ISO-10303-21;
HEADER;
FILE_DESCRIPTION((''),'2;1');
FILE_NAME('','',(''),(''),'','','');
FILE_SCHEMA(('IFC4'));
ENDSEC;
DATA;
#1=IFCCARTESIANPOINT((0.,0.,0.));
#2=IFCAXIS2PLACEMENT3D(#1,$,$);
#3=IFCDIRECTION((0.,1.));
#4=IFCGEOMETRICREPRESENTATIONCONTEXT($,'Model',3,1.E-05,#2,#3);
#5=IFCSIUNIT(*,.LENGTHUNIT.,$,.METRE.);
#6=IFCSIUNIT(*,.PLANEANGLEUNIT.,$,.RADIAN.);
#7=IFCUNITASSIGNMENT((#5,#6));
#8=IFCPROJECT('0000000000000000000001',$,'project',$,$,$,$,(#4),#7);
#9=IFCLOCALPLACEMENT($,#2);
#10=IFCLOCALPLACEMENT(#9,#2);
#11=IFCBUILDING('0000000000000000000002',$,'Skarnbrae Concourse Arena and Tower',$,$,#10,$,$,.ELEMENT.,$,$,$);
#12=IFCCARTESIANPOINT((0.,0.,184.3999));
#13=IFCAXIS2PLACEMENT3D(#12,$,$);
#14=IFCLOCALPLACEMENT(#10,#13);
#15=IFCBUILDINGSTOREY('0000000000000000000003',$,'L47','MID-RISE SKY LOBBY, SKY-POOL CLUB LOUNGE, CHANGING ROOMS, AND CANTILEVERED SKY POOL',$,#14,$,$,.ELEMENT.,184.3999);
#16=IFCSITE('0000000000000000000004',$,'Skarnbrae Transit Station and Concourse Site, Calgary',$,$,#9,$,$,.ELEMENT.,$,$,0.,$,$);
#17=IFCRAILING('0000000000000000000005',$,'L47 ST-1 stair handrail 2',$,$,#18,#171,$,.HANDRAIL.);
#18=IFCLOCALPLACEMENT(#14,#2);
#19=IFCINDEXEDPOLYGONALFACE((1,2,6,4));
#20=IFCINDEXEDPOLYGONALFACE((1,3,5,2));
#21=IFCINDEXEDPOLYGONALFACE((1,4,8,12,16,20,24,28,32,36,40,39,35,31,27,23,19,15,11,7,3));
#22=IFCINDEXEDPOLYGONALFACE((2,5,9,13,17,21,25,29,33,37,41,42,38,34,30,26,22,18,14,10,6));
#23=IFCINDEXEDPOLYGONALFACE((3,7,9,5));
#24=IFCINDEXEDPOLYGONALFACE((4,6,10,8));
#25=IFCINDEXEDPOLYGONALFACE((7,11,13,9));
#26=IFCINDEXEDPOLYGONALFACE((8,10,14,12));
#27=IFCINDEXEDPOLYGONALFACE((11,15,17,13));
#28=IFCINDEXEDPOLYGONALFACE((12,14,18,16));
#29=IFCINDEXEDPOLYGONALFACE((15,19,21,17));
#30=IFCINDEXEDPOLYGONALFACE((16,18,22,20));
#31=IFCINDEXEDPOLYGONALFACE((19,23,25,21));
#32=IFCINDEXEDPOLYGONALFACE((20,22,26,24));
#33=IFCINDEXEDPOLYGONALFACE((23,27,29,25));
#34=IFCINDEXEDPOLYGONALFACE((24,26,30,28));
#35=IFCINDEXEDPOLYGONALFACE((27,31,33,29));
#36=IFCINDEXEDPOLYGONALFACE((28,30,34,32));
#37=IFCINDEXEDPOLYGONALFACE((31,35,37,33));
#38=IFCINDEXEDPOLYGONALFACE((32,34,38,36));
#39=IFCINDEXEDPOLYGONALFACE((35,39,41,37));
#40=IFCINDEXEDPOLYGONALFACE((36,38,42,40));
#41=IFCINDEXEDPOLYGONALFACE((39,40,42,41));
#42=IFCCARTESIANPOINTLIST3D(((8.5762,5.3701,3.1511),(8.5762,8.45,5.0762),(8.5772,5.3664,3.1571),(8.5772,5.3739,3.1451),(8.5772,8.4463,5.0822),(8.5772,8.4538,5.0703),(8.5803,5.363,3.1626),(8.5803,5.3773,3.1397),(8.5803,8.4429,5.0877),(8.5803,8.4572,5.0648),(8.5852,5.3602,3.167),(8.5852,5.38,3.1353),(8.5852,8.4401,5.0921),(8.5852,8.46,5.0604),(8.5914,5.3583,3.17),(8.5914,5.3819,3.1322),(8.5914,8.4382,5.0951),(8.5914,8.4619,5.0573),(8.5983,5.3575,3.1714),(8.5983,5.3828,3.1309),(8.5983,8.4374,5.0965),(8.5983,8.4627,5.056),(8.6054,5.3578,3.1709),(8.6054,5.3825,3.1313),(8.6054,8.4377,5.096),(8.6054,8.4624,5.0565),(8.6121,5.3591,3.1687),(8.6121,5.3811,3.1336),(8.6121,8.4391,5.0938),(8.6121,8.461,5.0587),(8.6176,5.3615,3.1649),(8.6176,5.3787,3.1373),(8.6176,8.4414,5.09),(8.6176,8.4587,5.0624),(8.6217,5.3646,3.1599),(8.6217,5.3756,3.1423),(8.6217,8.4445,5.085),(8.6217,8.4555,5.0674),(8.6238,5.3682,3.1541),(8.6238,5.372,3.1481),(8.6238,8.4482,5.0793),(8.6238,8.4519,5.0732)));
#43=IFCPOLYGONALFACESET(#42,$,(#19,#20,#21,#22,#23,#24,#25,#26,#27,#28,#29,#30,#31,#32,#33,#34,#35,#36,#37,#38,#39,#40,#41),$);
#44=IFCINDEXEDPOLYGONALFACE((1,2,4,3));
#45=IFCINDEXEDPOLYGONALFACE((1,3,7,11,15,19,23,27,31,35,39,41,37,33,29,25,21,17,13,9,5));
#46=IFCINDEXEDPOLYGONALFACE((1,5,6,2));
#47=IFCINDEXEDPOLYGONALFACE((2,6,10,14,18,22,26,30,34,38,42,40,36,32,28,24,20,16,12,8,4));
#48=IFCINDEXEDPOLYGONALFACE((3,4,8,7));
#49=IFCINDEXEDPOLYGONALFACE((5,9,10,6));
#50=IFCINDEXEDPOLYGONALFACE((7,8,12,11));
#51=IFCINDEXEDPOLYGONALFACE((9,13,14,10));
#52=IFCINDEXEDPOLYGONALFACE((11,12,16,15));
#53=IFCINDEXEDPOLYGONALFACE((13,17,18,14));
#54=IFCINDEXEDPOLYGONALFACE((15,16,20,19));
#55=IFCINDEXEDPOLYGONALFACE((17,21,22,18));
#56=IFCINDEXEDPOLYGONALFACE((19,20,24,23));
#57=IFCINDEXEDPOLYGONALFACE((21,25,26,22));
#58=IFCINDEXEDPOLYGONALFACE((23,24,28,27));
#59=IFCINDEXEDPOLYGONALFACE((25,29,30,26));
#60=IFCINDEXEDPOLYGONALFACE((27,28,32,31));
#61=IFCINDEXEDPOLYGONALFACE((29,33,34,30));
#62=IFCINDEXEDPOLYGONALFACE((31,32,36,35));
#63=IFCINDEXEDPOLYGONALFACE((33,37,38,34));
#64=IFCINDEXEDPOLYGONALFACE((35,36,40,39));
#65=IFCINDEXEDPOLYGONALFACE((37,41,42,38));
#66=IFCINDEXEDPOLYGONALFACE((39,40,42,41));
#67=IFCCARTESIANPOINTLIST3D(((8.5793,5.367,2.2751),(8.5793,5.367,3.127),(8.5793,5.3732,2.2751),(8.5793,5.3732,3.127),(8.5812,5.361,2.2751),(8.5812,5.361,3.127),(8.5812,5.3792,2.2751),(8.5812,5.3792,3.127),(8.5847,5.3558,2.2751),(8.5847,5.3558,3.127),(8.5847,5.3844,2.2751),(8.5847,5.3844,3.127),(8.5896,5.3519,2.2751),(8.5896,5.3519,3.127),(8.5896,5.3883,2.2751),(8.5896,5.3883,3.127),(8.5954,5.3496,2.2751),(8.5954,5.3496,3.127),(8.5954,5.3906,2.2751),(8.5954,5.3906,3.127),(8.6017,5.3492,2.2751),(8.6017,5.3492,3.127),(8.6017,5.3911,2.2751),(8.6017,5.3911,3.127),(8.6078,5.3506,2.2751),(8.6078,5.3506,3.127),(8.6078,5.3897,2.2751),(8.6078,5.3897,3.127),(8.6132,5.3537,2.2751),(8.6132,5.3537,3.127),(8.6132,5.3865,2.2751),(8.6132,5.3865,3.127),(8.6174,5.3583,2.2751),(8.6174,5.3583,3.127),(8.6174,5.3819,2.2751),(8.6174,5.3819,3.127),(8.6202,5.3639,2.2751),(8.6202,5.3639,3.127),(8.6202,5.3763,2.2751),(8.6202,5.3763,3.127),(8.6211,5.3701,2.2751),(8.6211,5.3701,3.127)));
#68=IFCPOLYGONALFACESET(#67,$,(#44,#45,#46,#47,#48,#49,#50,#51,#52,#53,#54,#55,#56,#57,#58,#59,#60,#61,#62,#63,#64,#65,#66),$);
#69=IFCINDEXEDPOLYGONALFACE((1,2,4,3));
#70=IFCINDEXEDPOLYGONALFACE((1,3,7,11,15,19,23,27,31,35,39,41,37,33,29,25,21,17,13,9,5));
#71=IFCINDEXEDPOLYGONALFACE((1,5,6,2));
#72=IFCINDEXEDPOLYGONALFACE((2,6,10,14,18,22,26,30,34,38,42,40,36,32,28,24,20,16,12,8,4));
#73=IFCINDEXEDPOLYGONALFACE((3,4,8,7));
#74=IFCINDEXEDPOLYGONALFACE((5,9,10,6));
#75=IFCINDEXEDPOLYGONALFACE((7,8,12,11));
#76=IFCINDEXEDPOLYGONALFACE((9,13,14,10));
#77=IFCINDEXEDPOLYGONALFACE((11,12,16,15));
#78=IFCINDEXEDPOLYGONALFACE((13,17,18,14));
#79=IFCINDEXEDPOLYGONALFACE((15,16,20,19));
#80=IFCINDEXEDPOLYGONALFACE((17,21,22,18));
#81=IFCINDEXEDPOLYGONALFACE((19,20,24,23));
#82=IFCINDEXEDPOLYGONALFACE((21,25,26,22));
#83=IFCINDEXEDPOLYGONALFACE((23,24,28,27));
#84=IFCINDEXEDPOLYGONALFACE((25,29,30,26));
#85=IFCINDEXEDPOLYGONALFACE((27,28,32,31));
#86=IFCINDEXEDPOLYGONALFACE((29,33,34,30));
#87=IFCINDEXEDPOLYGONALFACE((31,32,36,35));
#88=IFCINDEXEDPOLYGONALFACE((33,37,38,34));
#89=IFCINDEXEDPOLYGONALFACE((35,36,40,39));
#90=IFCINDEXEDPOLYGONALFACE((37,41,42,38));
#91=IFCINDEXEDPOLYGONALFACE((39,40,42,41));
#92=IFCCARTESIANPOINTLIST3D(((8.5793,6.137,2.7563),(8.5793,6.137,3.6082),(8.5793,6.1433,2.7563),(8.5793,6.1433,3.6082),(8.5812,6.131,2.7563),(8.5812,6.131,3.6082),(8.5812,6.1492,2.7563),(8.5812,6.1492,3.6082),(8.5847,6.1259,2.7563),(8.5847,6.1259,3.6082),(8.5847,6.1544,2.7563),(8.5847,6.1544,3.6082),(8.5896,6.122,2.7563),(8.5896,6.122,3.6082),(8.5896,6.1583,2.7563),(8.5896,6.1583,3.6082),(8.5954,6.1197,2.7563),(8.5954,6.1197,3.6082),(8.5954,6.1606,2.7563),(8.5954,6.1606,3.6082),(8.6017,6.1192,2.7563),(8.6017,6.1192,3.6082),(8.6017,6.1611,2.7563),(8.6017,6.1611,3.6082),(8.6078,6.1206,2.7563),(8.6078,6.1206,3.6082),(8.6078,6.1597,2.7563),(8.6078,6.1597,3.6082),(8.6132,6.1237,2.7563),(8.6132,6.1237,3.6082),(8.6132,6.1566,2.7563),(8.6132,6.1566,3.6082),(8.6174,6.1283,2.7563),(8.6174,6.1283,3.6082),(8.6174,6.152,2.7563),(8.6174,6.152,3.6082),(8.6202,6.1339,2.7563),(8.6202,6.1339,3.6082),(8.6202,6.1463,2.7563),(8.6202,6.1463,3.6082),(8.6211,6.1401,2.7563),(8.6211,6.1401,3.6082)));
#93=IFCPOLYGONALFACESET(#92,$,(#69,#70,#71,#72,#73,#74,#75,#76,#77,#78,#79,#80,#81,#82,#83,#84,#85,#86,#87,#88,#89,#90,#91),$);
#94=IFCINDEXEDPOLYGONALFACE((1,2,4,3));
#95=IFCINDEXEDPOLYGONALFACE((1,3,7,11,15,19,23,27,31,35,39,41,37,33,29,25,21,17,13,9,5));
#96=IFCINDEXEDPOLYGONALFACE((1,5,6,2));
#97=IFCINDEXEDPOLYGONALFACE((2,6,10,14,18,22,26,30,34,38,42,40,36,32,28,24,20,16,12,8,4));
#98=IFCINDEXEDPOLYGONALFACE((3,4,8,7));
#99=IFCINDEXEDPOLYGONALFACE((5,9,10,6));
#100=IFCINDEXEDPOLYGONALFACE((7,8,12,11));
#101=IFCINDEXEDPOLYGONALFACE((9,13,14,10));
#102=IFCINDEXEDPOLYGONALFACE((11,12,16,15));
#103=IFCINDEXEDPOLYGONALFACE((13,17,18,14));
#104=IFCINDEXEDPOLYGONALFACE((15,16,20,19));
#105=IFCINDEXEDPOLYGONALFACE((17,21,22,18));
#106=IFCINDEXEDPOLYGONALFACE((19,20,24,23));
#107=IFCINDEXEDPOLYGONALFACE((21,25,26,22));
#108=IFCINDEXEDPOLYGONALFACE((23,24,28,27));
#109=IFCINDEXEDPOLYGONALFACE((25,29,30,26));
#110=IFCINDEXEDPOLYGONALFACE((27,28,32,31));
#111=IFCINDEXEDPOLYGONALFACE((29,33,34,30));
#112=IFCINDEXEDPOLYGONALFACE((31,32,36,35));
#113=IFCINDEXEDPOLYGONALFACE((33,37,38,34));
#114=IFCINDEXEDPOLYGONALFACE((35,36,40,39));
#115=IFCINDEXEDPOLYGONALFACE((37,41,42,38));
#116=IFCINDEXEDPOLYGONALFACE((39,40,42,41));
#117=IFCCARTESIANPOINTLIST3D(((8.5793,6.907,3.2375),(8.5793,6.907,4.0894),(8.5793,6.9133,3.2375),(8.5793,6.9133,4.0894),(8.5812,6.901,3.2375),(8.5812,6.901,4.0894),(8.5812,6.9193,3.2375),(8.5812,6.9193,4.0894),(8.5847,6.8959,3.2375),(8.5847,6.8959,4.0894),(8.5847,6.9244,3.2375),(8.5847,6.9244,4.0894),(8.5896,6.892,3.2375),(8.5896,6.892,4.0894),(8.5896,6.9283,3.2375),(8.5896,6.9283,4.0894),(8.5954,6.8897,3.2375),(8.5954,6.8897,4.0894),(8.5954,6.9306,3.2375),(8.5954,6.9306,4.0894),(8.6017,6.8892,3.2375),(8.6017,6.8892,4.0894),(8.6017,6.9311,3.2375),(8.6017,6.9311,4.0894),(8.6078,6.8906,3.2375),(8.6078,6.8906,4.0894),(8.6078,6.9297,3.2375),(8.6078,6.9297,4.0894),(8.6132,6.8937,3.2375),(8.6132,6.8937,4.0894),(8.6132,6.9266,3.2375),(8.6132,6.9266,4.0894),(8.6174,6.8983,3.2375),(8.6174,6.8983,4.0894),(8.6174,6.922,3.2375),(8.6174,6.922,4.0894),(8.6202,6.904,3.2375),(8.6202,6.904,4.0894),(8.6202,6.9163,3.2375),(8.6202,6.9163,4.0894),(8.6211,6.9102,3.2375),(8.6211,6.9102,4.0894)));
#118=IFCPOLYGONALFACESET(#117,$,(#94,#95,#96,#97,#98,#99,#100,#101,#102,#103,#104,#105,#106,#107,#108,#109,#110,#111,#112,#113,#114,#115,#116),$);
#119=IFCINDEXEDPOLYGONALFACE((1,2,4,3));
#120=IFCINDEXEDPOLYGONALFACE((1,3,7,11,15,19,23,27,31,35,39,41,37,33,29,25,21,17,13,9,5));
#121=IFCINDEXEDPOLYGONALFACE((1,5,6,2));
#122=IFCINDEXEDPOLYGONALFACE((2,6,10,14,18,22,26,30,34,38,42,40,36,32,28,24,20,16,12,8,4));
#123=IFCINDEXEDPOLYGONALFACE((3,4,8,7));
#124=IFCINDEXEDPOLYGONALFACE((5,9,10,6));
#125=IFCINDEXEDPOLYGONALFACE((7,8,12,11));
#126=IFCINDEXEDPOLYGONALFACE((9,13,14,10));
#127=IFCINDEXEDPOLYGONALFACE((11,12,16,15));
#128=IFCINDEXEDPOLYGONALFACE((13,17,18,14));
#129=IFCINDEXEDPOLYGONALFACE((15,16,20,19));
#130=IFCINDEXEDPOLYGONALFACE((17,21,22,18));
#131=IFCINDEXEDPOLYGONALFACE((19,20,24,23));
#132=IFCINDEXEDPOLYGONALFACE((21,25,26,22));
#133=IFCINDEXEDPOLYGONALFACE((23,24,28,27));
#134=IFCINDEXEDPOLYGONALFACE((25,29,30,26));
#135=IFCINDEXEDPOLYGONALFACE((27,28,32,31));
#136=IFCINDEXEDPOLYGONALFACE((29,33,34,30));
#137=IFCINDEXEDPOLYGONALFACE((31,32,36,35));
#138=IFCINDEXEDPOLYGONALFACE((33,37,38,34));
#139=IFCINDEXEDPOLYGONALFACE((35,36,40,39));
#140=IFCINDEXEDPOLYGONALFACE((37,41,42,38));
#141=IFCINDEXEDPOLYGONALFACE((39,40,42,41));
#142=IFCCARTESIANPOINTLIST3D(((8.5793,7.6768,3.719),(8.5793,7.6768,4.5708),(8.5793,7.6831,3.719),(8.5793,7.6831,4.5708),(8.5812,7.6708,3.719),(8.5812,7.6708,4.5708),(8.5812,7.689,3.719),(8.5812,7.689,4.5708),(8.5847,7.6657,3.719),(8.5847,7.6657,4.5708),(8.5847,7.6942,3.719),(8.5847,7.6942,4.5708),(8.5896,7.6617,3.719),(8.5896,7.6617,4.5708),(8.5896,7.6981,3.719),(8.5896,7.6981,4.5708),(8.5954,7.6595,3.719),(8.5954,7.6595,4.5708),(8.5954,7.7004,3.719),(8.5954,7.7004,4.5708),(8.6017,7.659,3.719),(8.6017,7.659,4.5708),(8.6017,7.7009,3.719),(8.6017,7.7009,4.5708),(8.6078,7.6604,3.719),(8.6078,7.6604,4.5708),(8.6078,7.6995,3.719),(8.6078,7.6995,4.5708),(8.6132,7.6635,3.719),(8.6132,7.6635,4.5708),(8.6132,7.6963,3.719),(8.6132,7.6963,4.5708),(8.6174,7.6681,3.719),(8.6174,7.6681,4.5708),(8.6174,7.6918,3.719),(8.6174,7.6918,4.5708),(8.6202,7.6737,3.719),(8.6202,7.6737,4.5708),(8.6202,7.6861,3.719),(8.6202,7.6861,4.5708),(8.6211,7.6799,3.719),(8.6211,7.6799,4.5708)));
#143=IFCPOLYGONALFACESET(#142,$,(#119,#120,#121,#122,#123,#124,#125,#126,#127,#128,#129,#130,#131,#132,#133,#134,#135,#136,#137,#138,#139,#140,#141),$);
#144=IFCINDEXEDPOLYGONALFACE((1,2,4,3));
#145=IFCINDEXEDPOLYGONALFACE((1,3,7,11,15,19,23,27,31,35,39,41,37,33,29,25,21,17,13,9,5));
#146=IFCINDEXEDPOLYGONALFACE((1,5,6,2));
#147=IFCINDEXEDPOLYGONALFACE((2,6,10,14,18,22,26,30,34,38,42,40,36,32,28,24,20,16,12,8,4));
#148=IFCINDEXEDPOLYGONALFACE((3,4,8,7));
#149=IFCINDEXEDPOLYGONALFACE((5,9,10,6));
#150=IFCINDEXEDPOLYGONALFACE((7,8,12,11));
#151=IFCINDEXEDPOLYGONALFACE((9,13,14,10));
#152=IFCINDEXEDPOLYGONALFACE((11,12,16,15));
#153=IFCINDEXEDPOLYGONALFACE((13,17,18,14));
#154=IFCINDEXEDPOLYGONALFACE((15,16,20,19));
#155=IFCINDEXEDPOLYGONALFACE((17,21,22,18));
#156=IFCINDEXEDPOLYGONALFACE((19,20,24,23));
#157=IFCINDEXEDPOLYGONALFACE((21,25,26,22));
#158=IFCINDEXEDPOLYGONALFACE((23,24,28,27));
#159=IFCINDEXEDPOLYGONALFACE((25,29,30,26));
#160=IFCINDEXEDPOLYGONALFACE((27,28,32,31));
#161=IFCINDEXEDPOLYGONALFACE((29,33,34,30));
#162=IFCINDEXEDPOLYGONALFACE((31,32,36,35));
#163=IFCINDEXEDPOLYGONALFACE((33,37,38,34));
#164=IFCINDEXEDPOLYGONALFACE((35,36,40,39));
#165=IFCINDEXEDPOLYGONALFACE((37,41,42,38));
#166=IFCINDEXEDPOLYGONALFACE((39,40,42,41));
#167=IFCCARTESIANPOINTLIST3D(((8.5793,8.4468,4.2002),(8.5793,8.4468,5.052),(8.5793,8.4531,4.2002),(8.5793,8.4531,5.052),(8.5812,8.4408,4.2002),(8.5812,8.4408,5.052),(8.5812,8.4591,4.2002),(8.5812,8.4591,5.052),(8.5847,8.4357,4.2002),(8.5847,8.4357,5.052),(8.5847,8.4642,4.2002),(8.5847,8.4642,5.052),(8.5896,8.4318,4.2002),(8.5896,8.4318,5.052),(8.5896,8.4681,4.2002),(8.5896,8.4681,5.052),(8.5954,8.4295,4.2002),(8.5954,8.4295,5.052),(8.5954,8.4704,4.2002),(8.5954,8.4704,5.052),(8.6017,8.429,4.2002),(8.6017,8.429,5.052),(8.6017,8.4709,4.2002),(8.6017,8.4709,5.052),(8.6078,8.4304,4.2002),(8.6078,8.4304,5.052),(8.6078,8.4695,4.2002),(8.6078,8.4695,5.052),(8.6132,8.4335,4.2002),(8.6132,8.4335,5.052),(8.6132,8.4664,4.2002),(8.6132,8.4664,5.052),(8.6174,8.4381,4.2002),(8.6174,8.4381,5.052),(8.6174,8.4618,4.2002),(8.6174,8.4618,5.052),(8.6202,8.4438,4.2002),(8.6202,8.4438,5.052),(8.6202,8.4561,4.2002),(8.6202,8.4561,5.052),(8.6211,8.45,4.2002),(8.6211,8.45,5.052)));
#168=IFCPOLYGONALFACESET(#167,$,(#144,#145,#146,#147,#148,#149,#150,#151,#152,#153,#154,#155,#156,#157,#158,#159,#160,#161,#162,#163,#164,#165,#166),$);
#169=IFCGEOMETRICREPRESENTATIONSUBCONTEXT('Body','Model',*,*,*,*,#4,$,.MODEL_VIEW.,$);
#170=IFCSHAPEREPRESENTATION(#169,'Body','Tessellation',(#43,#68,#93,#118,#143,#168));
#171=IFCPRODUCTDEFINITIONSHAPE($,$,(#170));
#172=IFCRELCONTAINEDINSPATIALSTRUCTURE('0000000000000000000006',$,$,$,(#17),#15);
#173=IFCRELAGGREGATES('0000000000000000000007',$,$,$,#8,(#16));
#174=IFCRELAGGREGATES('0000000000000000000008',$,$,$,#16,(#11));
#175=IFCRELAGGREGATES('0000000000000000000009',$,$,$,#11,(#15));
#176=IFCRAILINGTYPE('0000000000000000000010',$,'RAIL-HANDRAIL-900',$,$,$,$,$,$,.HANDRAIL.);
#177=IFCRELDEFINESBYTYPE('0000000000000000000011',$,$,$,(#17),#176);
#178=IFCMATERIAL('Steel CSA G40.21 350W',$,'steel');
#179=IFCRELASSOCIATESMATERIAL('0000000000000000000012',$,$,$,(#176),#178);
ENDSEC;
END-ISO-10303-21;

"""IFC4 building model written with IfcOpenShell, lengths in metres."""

from ifc_helpers import new_model, si_unit, direction, frame, origin, origin_2d, place, context, subcontext, project, spatial, circle, extrude, material, type_object, element, save


model = new_model("IFC4")

# Units and contexts
model_context = context("Model", 3, precision=1e-05, world=origin(), true_north=direction((0.0, 1.0)))
body_context = subcontext(model_context, "Body", "Model", "MODEL_VIEW")
ifc_project = project(units=[si_unit("LENGTHUNIT", "METRE"), si_unit("PLANEANGLEUNIT", "RADIAN")], contexts=[model_context])

# Site, building, storey
site_placement = place(None, origin())
site = spatial("IfcSite", under=ifc_project, at=site_placement, Name="Skarnbrae Transit Station and Concourse Site, Calgary", CompositionType="ELEMENT", RefElevation=0.0)
building_placement = place(site_placement, origin())
building = spatial("IfcBuilding", under=site, at=building_placement, Name="Skarnbrae Concourse Arena and Tower", CompositionType="ELEMENT")
storey_placement = place(building_placement, frame((0.0, 0.0, 184.3999)))
storey = spatial("IfcBuildingStorey", under=building, at=storey_placement, Name="L47", Description="MID-RISE SKY LOBBY, SKY-POOL CLUB LOUNGE, CHANGING ROOMS, AND CANTILEVERED SKY POOL", CompositionType="ELEMENT", Elevation=184.3999)

# Railing
ifc_material_1 = material(Name="Steel CSA G40.21 350W", Category="steel")
railing_type_1 = type_object("IfcRailingType", Name="RAIL-HANDRAIL-900", PredefinedType="HANDRAIL", material=ifc_material_1)
railing_1_placement = place(storey_placement, frame((8.6001, 5.3701, 2.2751)))
element("IfcRailing", 1, at=railing_1_placement, inside=storey, type_object=railing_type_1, Name="L47 ST-1 stair handrail 2", PredefinedType="HANDRAIL", context=body_context, shape_type="SweptSolid", body=[
    extrude(circle(Radius=0.0239, at=origin_2d()), frame((0.0, 0.0, 0.876), z_axis=(0.0, 0.847979, 0.530029), x_axis=(-1.0, 0.0, 0.0)), (0.0, 0.0, 1.0), 3.6321),
    extrude(circle(Radius=0.021, at=origin_2d()), origin(), (0.0, 0.0, 1.0), 0.8518),
    extrude(circle(Radius=0.021, at=origin_2d()), frame((0.0, 0.77, 0.4812)), (0.0, 0.0, 1.0), 0.8518),
    extrude(circle(Radius=0.021, at=origin_2d()), frame((0.0, 1.54, 0.9624)), (0.0, 0.0, 1.0), 0.8518),
    extrude(circle(Radius=0.021, at=origin_2d()), frame((0.0, 2.3098, 1.4438)), (0.0, 0.0, 1.0), 0.8518),
    extrude(circle(Radius=0.021, at=origin_2d()), frame((0.0, 3.0798, 1.925)), (0.0, 0.0, 1.0), 0.8518),
])

save(model, "model.ifc")
